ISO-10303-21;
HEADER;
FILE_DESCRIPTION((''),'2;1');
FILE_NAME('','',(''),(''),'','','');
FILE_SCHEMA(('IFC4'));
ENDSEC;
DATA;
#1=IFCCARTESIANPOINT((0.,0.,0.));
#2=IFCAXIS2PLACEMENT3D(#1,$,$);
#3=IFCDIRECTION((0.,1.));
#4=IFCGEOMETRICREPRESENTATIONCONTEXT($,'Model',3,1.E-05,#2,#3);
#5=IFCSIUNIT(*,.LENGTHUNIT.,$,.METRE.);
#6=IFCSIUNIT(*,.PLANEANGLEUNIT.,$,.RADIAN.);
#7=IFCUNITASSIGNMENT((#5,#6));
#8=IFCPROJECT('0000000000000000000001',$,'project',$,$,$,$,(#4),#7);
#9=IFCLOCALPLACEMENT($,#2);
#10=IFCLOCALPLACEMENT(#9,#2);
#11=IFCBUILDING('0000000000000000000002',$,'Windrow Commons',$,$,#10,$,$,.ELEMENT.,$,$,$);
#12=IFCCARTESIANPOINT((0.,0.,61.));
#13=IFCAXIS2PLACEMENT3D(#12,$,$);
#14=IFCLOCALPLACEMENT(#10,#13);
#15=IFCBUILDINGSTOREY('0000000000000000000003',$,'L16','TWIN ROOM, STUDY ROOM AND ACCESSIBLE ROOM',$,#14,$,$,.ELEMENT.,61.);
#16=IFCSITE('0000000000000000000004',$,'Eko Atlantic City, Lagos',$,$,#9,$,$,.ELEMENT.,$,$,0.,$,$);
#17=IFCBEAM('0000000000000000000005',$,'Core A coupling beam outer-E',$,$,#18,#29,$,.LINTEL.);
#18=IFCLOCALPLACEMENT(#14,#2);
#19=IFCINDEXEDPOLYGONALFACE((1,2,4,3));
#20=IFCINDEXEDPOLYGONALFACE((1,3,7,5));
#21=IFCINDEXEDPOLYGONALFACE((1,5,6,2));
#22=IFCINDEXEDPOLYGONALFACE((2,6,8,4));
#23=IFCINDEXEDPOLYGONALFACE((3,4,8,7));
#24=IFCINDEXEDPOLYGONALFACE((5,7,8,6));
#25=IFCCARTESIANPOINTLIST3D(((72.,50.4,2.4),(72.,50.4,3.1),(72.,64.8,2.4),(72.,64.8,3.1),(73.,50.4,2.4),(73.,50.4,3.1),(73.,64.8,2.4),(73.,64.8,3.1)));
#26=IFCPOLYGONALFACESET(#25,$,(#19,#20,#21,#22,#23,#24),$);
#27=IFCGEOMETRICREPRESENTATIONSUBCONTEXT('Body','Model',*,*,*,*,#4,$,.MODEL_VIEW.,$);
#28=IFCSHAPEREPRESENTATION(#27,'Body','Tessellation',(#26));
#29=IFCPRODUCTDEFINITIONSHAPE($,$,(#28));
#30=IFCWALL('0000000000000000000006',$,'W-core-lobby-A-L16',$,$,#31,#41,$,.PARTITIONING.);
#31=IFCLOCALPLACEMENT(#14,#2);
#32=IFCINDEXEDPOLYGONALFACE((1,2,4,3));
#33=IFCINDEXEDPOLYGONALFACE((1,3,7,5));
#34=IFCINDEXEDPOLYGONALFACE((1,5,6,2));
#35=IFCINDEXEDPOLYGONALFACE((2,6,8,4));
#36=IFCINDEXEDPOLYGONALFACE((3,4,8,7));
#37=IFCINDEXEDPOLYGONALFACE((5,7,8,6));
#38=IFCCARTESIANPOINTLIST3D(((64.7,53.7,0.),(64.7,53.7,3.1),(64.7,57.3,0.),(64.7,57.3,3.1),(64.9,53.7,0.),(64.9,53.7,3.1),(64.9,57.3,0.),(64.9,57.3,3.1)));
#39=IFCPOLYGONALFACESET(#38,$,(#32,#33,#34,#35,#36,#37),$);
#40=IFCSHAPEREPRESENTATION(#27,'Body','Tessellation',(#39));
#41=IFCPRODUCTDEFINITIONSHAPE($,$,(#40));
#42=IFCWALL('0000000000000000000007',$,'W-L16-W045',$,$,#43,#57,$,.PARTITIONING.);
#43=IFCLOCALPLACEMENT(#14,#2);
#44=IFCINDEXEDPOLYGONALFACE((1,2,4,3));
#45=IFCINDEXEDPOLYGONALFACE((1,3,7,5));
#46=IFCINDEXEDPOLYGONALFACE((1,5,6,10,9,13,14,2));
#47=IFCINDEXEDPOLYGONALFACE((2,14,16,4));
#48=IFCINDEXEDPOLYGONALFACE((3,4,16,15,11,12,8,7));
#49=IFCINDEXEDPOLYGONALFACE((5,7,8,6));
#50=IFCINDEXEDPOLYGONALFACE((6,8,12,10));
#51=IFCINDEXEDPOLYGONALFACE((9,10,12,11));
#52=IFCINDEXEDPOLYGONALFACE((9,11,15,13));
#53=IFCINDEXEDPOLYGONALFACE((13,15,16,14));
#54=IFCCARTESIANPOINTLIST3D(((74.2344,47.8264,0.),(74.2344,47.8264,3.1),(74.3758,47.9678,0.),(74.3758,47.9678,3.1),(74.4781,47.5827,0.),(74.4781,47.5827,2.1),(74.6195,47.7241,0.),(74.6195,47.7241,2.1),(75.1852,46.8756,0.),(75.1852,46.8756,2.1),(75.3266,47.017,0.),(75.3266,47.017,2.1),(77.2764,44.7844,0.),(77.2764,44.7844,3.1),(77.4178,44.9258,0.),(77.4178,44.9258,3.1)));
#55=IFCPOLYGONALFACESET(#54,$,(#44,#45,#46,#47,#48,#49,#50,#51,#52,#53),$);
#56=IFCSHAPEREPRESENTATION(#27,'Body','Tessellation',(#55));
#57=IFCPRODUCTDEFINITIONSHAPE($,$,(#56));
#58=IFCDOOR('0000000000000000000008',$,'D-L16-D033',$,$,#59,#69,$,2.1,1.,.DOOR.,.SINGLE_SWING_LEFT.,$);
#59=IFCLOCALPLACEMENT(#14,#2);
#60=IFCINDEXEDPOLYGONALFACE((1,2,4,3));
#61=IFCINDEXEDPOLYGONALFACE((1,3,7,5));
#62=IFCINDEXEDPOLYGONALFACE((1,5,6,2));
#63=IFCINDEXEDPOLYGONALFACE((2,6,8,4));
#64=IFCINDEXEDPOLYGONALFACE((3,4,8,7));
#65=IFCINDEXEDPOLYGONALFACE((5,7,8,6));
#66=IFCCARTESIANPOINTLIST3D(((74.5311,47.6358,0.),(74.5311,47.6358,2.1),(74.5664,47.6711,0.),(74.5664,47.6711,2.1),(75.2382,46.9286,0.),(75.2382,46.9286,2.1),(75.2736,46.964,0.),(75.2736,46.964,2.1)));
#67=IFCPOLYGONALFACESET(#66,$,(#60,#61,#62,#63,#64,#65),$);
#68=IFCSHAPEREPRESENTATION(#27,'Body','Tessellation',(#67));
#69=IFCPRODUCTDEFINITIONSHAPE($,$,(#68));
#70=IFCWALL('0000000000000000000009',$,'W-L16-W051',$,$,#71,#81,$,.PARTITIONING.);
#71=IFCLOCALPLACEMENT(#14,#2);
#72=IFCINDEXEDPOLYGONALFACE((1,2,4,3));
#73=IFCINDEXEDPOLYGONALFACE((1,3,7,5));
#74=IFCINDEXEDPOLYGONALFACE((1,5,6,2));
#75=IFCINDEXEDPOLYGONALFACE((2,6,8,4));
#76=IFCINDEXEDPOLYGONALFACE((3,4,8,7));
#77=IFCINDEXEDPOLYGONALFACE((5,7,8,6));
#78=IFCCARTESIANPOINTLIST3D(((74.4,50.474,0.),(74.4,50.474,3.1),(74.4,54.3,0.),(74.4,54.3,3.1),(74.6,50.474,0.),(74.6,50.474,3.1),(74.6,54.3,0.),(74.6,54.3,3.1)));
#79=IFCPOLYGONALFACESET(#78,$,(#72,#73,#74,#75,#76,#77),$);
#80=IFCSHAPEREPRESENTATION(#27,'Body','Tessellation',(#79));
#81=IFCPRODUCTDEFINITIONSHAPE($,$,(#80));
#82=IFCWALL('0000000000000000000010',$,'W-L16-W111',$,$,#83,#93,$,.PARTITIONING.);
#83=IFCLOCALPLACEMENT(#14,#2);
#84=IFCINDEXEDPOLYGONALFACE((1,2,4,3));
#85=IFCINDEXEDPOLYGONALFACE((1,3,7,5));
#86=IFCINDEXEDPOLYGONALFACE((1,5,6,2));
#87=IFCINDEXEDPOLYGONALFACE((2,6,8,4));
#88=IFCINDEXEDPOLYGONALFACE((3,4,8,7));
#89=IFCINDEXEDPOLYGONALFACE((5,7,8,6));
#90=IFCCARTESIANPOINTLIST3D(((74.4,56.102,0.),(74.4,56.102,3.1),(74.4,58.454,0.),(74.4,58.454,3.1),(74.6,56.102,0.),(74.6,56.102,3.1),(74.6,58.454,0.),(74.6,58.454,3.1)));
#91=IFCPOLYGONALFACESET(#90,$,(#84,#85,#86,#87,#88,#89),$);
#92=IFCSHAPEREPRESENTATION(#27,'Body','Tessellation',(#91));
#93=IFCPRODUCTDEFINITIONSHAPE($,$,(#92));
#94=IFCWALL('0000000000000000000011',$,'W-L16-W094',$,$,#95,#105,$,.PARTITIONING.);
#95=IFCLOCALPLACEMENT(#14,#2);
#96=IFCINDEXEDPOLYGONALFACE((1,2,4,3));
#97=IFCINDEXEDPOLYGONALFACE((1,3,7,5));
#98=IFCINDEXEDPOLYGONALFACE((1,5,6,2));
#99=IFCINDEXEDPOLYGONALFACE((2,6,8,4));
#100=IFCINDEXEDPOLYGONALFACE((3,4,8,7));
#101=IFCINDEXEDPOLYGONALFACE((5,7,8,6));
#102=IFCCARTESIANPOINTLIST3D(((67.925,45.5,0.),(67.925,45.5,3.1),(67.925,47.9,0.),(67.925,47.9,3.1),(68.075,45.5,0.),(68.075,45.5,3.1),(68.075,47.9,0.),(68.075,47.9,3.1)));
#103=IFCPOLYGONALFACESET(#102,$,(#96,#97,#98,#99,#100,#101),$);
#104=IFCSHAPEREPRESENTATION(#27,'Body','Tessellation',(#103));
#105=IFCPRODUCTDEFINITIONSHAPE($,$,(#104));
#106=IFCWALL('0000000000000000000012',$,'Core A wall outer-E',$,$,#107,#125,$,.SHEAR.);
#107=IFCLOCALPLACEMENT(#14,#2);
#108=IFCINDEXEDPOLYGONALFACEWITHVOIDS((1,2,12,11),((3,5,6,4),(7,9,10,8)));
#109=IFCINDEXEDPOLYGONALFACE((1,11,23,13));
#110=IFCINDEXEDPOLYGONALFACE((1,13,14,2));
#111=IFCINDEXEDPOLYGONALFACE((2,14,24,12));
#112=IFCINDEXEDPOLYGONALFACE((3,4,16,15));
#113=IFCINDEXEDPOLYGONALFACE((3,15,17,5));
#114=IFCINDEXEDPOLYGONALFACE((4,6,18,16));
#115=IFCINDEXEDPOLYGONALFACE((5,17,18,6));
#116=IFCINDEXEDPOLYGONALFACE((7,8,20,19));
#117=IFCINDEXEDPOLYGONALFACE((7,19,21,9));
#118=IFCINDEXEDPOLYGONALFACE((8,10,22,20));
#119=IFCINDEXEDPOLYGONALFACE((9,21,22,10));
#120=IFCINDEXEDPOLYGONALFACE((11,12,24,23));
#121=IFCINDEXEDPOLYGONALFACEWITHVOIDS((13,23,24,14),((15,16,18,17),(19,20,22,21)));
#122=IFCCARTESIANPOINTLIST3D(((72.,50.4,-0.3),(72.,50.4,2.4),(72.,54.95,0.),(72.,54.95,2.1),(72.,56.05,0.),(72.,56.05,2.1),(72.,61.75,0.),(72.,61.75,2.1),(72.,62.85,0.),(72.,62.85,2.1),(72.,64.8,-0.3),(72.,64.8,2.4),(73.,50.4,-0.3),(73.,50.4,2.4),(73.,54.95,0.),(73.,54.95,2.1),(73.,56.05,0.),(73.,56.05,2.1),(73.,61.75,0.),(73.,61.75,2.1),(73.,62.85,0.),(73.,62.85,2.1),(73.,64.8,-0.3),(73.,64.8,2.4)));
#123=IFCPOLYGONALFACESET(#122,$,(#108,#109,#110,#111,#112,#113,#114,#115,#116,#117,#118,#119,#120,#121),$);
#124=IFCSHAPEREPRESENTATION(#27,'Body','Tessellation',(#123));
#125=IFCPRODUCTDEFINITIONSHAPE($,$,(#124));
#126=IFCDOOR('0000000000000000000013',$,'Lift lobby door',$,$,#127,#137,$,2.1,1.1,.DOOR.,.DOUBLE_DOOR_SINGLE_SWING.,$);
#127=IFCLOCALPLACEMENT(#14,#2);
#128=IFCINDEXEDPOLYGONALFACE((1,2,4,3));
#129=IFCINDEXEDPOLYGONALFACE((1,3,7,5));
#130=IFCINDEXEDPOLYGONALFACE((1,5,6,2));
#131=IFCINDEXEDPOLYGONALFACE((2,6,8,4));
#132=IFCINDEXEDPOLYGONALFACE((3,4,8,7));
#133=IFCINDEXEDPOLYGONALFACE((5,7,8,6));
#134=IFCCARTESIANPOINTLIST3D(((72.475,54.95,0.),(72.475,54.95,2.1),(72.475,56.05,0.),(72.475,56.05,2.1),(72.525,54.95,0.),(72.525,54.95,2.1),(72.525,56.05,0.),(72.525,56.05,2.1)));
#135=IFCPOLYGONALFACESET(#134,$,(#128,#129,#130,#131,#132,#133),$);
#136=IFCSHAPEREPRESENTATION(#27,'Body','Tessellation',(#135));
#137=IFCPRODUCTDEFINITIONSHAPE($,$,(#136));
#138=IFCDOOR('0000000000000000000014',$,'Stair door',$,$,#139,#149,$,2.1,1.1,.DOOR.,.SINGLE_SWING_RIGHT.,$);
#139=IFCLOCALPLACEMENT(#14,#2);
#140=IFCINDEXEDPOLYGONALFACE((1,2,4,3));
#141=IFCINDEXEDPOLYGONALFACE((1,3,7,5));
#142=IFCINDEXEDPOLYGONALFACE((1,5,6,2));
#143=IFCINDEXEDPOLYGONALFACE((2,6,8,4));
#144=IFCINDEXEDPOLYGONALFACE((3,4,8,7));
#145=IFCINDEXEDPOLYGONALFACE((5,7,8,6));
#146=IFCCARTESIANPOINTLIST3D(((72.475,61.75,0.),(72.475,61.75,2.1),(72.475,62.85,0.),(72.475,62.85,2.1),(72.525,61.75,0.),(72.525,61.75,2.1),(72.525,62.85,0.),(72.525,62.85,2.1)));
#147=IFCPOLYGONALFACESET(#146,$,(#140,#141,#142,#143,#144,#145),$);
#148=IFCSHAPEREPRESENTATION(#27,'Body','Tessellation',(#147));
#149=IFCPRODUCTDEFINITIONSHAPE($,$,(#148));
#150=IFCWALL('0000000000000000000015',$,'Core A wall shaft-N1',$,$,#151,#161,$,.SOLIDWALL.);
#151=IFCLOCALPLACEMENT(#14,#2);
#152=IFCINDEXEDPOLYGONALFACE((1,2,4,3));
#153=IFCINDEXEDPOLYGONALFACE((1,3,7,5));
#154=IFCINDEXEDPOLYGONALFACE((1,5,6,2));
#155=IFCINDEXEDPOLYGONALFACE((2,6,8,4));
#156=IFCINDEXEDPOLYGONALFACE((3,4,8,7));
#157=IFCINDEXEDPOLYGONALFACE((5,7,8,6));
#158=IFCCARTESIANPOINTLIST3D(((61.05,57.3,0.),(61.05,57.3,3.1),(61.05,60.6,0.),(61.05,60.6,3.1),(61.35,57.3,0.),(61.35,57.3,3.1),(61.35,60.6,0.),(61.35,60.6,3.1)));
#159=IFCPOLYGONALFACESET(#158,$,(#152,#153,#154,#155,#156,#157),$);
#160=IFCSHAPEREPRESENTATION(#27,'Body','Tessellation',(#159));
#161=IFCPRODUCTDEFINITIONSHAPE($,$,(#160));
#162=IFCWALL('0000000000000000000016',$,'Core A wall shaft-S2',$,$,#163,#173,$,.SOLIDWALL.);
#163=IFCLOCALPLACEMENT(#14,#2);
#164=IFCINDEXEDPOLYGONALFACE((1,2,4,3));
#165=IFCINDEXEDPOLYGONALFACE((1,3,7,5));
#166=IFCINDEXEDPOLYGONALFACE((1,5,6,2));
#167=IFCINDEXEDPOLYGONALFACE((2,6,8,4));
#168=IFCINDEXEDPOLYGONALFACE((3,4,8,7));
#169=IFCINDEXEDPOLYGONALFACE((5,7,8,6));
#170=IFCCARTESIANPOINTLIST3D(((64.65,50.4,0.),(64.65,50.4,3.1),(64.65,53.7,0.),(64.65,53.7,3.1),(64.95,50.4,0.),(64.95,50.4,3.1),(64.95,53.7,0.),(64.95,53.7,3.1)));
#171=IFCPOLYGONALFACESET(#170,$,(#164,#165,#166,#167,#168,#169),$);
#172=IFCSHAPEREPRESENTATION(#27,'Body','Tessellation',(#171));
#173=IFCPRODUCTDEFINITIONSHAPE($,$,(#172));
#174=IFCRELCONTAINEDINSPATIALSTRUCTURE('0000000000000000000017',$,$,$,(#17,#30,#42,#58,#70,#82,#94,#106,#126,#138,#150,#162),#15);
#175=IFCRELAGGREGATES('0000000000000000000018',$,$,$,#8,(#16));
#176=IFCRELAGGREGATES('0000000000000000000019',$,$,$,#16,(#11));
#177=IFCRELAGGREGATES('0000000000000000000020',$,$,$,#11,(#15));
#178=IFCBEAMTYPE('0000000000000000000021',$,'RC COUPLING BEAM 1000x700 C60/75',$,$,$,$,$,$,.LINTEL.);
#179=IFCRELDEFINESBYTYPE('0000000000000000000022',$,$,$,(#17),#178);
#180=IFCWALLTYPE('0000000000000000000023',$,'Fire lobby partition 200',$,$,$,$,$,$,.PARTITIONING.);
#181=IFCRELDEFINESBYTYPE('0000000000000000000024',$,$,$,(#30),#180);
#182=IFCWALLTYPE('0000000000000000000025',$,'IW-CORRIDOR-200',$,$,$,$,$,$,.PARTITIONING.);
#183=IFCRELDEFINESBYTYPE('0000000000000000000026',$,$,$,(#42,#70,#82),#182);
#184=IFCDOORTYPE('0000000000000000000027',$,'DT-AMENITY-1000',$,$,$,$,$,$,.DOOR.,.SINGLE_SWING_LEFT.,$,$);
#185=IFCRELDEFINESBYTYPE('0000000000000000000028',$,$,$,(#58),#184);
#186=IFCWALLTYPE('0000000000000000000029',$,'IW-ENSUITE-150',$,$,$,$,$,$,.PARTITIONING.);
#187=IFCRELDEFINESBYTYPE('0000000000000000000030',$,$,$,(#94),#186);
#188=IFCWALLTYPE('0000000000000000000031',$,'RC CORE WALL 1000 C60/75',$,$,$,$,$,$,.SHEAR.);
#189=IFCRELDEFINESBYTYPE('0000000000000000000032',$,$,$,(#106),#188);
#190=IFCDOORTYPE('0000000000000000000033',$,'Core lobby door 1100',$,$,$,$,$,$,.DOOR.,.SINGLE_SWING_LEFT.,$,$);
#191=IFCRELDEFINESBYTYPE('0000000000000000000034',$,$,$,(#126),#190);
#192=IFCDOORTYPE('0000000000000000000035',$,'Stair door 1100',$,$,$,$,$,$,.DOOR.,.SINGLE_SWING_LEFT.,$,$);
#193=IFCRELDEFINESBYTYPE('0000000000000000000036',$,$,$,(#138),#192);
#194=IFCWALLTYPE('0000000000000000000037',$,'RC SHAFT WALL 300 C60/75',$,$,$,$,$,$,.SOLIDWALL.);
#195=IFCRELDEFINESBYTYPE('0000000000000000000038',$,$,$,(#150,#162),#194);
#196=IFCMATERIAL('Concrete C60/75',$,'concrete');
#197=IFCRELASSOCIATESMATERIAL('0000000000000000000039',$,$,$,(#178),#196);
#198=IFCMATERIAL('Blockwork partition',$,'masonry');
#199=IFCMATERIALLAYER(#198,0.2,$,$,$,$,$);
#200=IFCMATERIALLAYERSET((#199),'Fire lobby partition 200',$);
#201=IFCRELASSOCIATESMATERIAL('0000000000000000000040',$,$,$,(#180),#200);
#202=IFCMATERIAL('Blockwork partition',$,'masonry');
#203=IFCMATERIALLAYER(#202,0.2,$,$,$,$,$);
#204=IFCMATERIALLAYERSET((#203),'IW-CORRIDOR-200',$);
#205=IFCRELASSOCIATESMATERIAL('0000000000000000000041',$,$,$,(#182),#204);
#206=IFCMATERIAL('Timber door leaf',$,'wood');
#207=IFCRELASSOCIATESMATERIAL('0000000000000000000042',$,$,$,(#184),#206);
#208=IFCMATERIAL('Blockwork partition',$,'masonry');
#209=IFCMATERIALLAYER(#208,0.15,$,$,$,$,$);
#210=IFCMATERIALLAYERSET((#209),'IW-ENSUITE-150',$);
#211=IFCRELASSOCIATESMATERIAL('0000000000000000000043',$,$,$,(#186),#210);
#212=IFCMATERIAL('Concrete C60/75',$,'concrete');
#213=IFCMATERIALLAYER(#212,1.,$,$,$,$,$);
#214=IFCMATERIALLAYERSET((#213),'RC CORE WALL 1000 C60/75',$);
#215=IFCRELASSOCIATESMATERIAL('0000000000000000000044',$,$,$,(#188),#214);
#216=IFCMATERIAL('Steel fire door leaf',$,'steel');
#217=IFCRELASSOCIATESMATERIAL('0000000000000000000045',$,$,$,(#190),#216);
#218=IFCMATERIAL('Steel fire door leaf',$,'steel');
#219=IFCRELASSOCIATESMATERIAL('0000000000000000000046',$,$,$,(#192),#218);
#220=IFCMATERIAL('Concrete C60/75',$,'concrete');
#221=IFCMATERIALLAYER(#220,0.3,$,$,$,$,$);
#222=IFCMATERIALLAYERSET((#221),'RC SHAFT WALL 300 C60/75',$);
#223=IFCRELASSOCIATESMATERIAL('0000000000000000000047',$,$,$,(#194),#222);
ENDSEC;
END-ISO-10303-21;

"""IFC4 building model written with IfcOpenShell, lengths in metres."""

from ifc_helpers import new_model, si_unit, direction, frame, frame_2d, origin, origin_2d, place, context, subcontext, project, spatial, rectangle, extrude, material, layer, layer_set, material_profile, profile_set, type_object, element, fill, save


model = new_model("IFC4")

# Units and contexts
model_context = context("Model", 3, precision=1e-05, world=origin(), true_north=direction((0.0, 1.0)))
body_context = subcontext(model_context, "Body", "Model", "MODEL_VIEW")
ifc_project = project(units=[si_unit("LENGTHUNIT", "METRE"), si_unit("PLANEANGLEUNIT", "RADIAN")], contexts=[model_context])

# Site, building, storey
site_placement = place(None, origin())
site = spatial("IfcSite", under=ifc_project, at=site_placement, Name="Eko Atlantic City, Lagos", CompositionType="ELEMENT", RefElevation=0.0)
building_placement = place(site_placement, origin())
building = spatial("IfcBuilding", under=site, at=building_placement, Name="Windrow Commons", CompositionType="ELEMENT")
storey_placement = place(building_placement, frame((0.0, 0.0, 61.0)))
storey = spatial("IfcBuildingStorey", under=building, at=storey_placement, Name="L16", Description="TWIN ROOM, STUDY ROOM AND ACCESSIBLE ROOM", CompositionType="ELEMENT", Elevation=61.0)

# Beam
ifc_material_1 = material(Name="Concrete C60/75", Category="concrete")
ifc_material_profile = material_profile(ifc_material_1, rectangle(XDim=1.0, YDim=0.7, at=origin_2d()))
ifc_profile_set = profile_set([ifc_material_profile], Name="Concrete C60/75")
beam_type = type_object("IfcBeamType", Name="RC COUPLING BEAM 1000x700 C60/75", PredefinedType="LINTEL", material=ifc_profile_set)
beam_placement = place(storey_placement, frame((72.5, 50.4, 2.75), z_axis=(0.0, 1.0, 0.0), x_axis=(-1.0, 0.0, 0.0)))
element("IfcBeam", 1, at=beam_placement, inside=storey, type_object=beam_type, Name="Core A coupling beam outer-E", PredefinedType="LINTEL", context=body_context, shape_type="SweptSolid", body=[
    extrude(rectangle(XDim=1.0, YDim=0.7, at=origin_2d()), origin(), (0.0, 0.0, 1.0), 14.4),
])

# Wall
ifc_material_2 = material(Name="Blockwork partition", Category="masonry")
ifc_layer_1 = layer(ifc_material_2, 0.2)
ifc_layer_set_1 = layer_set([ifc_layer_1], Name="Fire lobby partition 200")
wall_type_1 = type_object("IfcWallType", Name="Fire lobby partition 200", PredefinedType="PARTITIONING", material=ifc_layer_set_1)
wall_1_placement = place(storey_placement, frame((64.8, 53.7, 0.0), z_axis=(0.0, 0.0, 1.0), x_axis=(0.0, 1.0, 0.0)))
element("IfcWall", 2, at=wall_1_placement, inside=storey, type_object=wall_type_1, Name="W-core-lobby-A-L16", PredefinedType="PARTITIONING", context=body_context, shape_type="SweptSolid", body=[
    extrude(rectangle(XDim=3.6, YDim=0.2, at=frame_2d((1.8, 0.0))), origin(), (0.0, 0.0, 1.0), 3.1),
])

# Wall, opening, door
ifc_material_3 = material(Name="Blockwork partition", Category="masonry")
ifc_layer_2 = layer(ifc_material_3, 0.2)
ifc_layer_set_2 = layer_set([ifc_layer_2], Name="IW-CORRIDOR-200")
wall_type_2 = type_object("IfcWallType", Name="IW-CORRIDOR-200", PredefinedType="PARTITIONING", material=ifc_layer_set_2)
wall_2_placement = place(storey_placement, frame((74.3051, 47.8971, 0.0), z_axis=(0.0, 0.0, 1.0), x_axis=(0.707107, -0.707107, 0.0)))
wall_2 = element("IfcWall", 3, at=wall_2_placement, inside=storey, type_object=wall_type_2, Name="W-L16-W045", PredefinedType="PARTITIONING", context=body_context, shape_type="SweptSolid", body=[
    extrude(rectangle(XDim=4.302, YDim=0.2, at=frame_2d((2.151, 0.0))), origin(), (0.0, 0.0, 1.0), 3.1),
])
opening_1_placement = place(wall_2_placement, frame((0.3446, 0.0, 0.0)))
opening_1 = element("IfcOpeningElement", 4, at=opening_1_placement, cuts=wall_2, PredefinedType="OPENING", context=body_context, shape_type="SweptSolid", body=[
    extrude(rectangle(XDim=1.0, YDim=2.1, at=frame_2d((0.5, 1.05))), frame((0.0, 0.11, 0.0), z_axis=(0.0, -1.0, 0.0), x_axis=(1.0, 0.0, 0.0)), (0.0, 0.0, 1.0), 0.22),
])
ifc_material_4 = material(Name="Timber door leaf", Category="wood")
door_type_1 = type_object("IfcDoorType", Name="DT-AMENITY-1000", OperationType="SINGLE_SWING_LEFT", PredefinedType="DOOR", material=ifc_material_4)
door_1_placement = place(opening_1_placement, origin())
door_1 = element("IfcDoor", 5, at=door_1_placement, inside=storey, type_object=door_type_1, Name="D-L16-D033", OperationType="SINGLE_SWING_LEFT", OverallHeight=2.1, OverallWidth=1.0, PredefinedType="DOOR", context=body_context, shape_type="SweptSolid", body=[
    extrude(rectangle(XDim=1.0, YDim=2.1, at=frame_2d((0.5, 1.05))), frame((0.0, 0.025, 0.0), z_axis=(0.0, -1.0, 0.0), x_axis=(1.0, 0.0, 0.0)), (0.0, 0.0, 1.0), 0.05),
])
fill(opening_1, door_1)

# Walls
wall_3_placement = place(storey_placement, frame((74.5, 50.474, 0.0), z_axis=(0.0, 0.0, 1.0), x_axis=(0.0, 1.0, 0.0)))
element("IfcWall", 6, at=wall_3_placement, inside=storey, type_object=wall_type_2, Name="W-L16-W051", PredefinedType="PARTITIONING", context=body_context, shape_type="SweptSolid", body=[
    extrude(rectangle(XDim=3.826, YDim=0.2, at=frame_2d((1.913, 0.0))), origin(), (0.0, 0.0, 1.0), 3.1),
])
wall_4_placement = place(storey_placement, frame((74.5, 56.102, 0.0), z_axis=(0.0, 0.0, 1.0), x_axis=(0.0, 1.0, 0.0)))
element("IfcWall", 7, at=wall_4_placement, inside=storey, type_object=wall_type_2, Name="W-L16-W111", PredefinedType="PARTITIONING", context=body_context, shape_type="SweptSolid", body=[
    extrude(rectangle(XDim=2.352, YDim=0.2, at=frame_2d((1.176, 0.0))), origin(), (0.0, 0.0, 1.0), 3.1),
])
ifc_material_5 = material(Name="Blockwork partition", Category="masonry")
ifc_layer_3 = layer(ifc_material_5, 0.15)
ifc_layer_set_3 = layer_set([ifc_layer_3], Name="IW-ENSUITE-150")
wall_type_3 = type_object("IfcWallType", Name="IW-ENSUITE-150", PredefinedType="PARTITIONING", material=ifc_layer_set_3)
wall_5_placement = place(storey_placement, frame((68.0, 45.5, 0.0), z_axis=(0.0, 0.0, 1.0), x_axis=(0.0, 1.0, 0.0)))
element("IfcWall", 8, at=wall_5_placement, inside=storey, type_object=wall_type_3, Name="W-L16-W094", PredefinedType="PARTITIONING", context=body_context, shape_type="SweptSolid", body=[
    extrude(rectangle(XDim=2.4, YDim=0.15, at=frame_2d((1.2, 0.0))), origin(), (0.0, 0.0, 1.0), 3.1),
])

# Wall, openings, doors
ifc_material_6 = material(Name="Concrete C60/75", Category="concrete")
ifc_layer_4 = layer(ifc_material_6, 1.0)
ifc_layer_set_4 = layer_set([ifc_layer_4], Name="RC CORE WALL 1000 C60/75")
wall_type_4 = type_object("IfcWallType", Name="RC CORE WALL 1000 C60/75", PredefinedType="SHEAR", material=ifc_layer_set_4)
wall_6_placement = place(storey_placement, frame((72.5, 50.4, -0.3), z_axis=(0.0, 0.0, 1.0), x_axis=(0.0, 1.0, 0.0)))
wall_6 = element("IfcWall", 9, at=wall_6_placement, inside=storey, type_object=wall_type_4, Name="Core A wall outer-E", PredefinedType="SHEAR", context=body_context, shape_type="SweptSolid", body=[
    extrude(rectangle(XDim=14.4, YDim=1.0, at=frame_2d((7.2, 0.0))), origin(), (0.0, 0.0, 1.0), 2.7),
])
opening_2_placement = place(wall_6_placement, frame((4.55, 0.0, 0.3)))
opening_2 = element("IfcOpeningElement", 10, at=opening_2_placement, cuts=wall_6, PredefinedType="OPENING", context=body_context, shape_type="SweptSolid", body=[
    extrude(rectangle(XDim=1.1, YDim=2.1, at=frame_2d((0.55, 1.05))), frame((0.0, 0.51, 0.0), z_axis=(0.0, -1.0, 0.0), x_axis=(1.0, 0.0, 0.0)), (0.0, 0.0, 1.0), 1.02),
])
opening_3_placement = place(wall_6_placement, frame((11.35, 0.0, 0.3)))
opening_3 = element("IfcOpeningElement", 11, at=opening_3_placement, cuts=wall_6, PredefinedType="OPENING", context=body_context, shape_type="SweptSolid", body=[
    extrude(rectangle(XDim=1.1, YDim=2.1, at=frame_2d((0.55, 1.05))), frame((0.0, 0.51, 0.0), z_axis=(0.0, -1.0, 0.0), x_axis=(1.0, 0.0, 0.0)), (0.0, 0.0, 1.0), 1.02),
])
ifc_material_7 = material(Name="Steel fire door leaf", Category="steel")
door_type_2 = type_object("IfcDoorType", Name="Core lobby door 1100", OperationType="SINGLE_SWING_LEFT", PredefinedType="DOOR", material=ifc_material_7)
door_2_placement = place(opening_2_placement, origin())
door_2 = element("IfcDoor", 12, at=door_2_placement, inside=storey, type_object=door_type_2, Name="Lift lobby door", OperationType="DOUBLE_DOOR_SINGLE_SWING", OverallHeight=2.1, OverallWidth=1.1, PredefinedType="DOOR", context=body_context, shape_type="SweptSolid", body=[
    extrude(rectangle(XDim=1.1, YDim=2.1, at=frame_2d((0.55, 1.05))), frame((0.0, 0.025, 0.0), z_axis=(0.0, -1.0, 0.0), x_axis=(1.0, 0.0, 0.0)), (0.0, 0.0, 1.0), 0.05),
])
fill(opening_2, door_2)
ifc_material_8 = material(Name="Steel fire door leaf", Category="steel")
door_type_3 = type_object("IfcDoorType", Name="Stair door 1100", OperationType="SINGLE_SWING_LEFT", PredefinedType="DOOR", material=ifc_material_8)
door_3_placement = place(opening_3_placement, origin())
door_3 = element("IfcDoor", 13, at=door_3_placement, inside=storey, type_object=door_type_3, Name="Stair door", OperationType="SINGLE_SWING_RIGHT", OverallHeight=2.1, OverallWidth=1.1, PredefinedType="DOOR", context=body_context, shape_type="SweptSolid", body=[
    extrude(rectangle(XDim=1.1, YDim=2.1, at=frame_2d((0.55, 1.05))), frame((0.0, 0.025, 0.0), z_axis=(0.0, -1.0, 0.0), x_axis=(1.0, 0.0, 0.0)), (0.0, 0.0, 1.0), 0.05),
])
fill(opening_3, door_3)

# Walls
ifc_material_9 = material(Name="Concrete C60/75", Category="concrete")
ifc_layer_5 = layer(ifc_material_9, 0.3)
ifc_layer_set_5 = layer_set([ifc_layer_5], Name="RC SHAFT WALL 300 C60/75")
wall_type_5 = type_object("IfcWallType", Name="RC SHAFT WALL 300 C60/75", PredefinedType="SOLIDWALL", material=ifc_layer_set_5)
for number, where, z_axis, x_axis, name in (
    (14, (61.2, 57.3, 0.0), (0.0, 0.0, 1.0), (0.0, 1.0, 0.0), "Core A wall shaft-N1"),
    (15, (64.8, 50.4, 0.0), (0.0, 0.0, 1.0), (0.0, 1.0, 0.0), "Core A wall shaft-S2"),
):
    element("IfcWall", number, at=place(storey_placement, frame(where, z_axis=z_axis, x_axis=x_axis)), inside=storey, type_object=wall_type_5, Name=name, PredefinedType="SOLIDWALL", context=body_context, shape_type="SweptSolid", body=[
        extrude(rectangle(XDim=3.3, YDim=0.3, at=frame_2d((1.65, 0.0))), origin(), (0.0, 0.0, 1.0), 3.1),
    ])

save(model, "model.ifc")
